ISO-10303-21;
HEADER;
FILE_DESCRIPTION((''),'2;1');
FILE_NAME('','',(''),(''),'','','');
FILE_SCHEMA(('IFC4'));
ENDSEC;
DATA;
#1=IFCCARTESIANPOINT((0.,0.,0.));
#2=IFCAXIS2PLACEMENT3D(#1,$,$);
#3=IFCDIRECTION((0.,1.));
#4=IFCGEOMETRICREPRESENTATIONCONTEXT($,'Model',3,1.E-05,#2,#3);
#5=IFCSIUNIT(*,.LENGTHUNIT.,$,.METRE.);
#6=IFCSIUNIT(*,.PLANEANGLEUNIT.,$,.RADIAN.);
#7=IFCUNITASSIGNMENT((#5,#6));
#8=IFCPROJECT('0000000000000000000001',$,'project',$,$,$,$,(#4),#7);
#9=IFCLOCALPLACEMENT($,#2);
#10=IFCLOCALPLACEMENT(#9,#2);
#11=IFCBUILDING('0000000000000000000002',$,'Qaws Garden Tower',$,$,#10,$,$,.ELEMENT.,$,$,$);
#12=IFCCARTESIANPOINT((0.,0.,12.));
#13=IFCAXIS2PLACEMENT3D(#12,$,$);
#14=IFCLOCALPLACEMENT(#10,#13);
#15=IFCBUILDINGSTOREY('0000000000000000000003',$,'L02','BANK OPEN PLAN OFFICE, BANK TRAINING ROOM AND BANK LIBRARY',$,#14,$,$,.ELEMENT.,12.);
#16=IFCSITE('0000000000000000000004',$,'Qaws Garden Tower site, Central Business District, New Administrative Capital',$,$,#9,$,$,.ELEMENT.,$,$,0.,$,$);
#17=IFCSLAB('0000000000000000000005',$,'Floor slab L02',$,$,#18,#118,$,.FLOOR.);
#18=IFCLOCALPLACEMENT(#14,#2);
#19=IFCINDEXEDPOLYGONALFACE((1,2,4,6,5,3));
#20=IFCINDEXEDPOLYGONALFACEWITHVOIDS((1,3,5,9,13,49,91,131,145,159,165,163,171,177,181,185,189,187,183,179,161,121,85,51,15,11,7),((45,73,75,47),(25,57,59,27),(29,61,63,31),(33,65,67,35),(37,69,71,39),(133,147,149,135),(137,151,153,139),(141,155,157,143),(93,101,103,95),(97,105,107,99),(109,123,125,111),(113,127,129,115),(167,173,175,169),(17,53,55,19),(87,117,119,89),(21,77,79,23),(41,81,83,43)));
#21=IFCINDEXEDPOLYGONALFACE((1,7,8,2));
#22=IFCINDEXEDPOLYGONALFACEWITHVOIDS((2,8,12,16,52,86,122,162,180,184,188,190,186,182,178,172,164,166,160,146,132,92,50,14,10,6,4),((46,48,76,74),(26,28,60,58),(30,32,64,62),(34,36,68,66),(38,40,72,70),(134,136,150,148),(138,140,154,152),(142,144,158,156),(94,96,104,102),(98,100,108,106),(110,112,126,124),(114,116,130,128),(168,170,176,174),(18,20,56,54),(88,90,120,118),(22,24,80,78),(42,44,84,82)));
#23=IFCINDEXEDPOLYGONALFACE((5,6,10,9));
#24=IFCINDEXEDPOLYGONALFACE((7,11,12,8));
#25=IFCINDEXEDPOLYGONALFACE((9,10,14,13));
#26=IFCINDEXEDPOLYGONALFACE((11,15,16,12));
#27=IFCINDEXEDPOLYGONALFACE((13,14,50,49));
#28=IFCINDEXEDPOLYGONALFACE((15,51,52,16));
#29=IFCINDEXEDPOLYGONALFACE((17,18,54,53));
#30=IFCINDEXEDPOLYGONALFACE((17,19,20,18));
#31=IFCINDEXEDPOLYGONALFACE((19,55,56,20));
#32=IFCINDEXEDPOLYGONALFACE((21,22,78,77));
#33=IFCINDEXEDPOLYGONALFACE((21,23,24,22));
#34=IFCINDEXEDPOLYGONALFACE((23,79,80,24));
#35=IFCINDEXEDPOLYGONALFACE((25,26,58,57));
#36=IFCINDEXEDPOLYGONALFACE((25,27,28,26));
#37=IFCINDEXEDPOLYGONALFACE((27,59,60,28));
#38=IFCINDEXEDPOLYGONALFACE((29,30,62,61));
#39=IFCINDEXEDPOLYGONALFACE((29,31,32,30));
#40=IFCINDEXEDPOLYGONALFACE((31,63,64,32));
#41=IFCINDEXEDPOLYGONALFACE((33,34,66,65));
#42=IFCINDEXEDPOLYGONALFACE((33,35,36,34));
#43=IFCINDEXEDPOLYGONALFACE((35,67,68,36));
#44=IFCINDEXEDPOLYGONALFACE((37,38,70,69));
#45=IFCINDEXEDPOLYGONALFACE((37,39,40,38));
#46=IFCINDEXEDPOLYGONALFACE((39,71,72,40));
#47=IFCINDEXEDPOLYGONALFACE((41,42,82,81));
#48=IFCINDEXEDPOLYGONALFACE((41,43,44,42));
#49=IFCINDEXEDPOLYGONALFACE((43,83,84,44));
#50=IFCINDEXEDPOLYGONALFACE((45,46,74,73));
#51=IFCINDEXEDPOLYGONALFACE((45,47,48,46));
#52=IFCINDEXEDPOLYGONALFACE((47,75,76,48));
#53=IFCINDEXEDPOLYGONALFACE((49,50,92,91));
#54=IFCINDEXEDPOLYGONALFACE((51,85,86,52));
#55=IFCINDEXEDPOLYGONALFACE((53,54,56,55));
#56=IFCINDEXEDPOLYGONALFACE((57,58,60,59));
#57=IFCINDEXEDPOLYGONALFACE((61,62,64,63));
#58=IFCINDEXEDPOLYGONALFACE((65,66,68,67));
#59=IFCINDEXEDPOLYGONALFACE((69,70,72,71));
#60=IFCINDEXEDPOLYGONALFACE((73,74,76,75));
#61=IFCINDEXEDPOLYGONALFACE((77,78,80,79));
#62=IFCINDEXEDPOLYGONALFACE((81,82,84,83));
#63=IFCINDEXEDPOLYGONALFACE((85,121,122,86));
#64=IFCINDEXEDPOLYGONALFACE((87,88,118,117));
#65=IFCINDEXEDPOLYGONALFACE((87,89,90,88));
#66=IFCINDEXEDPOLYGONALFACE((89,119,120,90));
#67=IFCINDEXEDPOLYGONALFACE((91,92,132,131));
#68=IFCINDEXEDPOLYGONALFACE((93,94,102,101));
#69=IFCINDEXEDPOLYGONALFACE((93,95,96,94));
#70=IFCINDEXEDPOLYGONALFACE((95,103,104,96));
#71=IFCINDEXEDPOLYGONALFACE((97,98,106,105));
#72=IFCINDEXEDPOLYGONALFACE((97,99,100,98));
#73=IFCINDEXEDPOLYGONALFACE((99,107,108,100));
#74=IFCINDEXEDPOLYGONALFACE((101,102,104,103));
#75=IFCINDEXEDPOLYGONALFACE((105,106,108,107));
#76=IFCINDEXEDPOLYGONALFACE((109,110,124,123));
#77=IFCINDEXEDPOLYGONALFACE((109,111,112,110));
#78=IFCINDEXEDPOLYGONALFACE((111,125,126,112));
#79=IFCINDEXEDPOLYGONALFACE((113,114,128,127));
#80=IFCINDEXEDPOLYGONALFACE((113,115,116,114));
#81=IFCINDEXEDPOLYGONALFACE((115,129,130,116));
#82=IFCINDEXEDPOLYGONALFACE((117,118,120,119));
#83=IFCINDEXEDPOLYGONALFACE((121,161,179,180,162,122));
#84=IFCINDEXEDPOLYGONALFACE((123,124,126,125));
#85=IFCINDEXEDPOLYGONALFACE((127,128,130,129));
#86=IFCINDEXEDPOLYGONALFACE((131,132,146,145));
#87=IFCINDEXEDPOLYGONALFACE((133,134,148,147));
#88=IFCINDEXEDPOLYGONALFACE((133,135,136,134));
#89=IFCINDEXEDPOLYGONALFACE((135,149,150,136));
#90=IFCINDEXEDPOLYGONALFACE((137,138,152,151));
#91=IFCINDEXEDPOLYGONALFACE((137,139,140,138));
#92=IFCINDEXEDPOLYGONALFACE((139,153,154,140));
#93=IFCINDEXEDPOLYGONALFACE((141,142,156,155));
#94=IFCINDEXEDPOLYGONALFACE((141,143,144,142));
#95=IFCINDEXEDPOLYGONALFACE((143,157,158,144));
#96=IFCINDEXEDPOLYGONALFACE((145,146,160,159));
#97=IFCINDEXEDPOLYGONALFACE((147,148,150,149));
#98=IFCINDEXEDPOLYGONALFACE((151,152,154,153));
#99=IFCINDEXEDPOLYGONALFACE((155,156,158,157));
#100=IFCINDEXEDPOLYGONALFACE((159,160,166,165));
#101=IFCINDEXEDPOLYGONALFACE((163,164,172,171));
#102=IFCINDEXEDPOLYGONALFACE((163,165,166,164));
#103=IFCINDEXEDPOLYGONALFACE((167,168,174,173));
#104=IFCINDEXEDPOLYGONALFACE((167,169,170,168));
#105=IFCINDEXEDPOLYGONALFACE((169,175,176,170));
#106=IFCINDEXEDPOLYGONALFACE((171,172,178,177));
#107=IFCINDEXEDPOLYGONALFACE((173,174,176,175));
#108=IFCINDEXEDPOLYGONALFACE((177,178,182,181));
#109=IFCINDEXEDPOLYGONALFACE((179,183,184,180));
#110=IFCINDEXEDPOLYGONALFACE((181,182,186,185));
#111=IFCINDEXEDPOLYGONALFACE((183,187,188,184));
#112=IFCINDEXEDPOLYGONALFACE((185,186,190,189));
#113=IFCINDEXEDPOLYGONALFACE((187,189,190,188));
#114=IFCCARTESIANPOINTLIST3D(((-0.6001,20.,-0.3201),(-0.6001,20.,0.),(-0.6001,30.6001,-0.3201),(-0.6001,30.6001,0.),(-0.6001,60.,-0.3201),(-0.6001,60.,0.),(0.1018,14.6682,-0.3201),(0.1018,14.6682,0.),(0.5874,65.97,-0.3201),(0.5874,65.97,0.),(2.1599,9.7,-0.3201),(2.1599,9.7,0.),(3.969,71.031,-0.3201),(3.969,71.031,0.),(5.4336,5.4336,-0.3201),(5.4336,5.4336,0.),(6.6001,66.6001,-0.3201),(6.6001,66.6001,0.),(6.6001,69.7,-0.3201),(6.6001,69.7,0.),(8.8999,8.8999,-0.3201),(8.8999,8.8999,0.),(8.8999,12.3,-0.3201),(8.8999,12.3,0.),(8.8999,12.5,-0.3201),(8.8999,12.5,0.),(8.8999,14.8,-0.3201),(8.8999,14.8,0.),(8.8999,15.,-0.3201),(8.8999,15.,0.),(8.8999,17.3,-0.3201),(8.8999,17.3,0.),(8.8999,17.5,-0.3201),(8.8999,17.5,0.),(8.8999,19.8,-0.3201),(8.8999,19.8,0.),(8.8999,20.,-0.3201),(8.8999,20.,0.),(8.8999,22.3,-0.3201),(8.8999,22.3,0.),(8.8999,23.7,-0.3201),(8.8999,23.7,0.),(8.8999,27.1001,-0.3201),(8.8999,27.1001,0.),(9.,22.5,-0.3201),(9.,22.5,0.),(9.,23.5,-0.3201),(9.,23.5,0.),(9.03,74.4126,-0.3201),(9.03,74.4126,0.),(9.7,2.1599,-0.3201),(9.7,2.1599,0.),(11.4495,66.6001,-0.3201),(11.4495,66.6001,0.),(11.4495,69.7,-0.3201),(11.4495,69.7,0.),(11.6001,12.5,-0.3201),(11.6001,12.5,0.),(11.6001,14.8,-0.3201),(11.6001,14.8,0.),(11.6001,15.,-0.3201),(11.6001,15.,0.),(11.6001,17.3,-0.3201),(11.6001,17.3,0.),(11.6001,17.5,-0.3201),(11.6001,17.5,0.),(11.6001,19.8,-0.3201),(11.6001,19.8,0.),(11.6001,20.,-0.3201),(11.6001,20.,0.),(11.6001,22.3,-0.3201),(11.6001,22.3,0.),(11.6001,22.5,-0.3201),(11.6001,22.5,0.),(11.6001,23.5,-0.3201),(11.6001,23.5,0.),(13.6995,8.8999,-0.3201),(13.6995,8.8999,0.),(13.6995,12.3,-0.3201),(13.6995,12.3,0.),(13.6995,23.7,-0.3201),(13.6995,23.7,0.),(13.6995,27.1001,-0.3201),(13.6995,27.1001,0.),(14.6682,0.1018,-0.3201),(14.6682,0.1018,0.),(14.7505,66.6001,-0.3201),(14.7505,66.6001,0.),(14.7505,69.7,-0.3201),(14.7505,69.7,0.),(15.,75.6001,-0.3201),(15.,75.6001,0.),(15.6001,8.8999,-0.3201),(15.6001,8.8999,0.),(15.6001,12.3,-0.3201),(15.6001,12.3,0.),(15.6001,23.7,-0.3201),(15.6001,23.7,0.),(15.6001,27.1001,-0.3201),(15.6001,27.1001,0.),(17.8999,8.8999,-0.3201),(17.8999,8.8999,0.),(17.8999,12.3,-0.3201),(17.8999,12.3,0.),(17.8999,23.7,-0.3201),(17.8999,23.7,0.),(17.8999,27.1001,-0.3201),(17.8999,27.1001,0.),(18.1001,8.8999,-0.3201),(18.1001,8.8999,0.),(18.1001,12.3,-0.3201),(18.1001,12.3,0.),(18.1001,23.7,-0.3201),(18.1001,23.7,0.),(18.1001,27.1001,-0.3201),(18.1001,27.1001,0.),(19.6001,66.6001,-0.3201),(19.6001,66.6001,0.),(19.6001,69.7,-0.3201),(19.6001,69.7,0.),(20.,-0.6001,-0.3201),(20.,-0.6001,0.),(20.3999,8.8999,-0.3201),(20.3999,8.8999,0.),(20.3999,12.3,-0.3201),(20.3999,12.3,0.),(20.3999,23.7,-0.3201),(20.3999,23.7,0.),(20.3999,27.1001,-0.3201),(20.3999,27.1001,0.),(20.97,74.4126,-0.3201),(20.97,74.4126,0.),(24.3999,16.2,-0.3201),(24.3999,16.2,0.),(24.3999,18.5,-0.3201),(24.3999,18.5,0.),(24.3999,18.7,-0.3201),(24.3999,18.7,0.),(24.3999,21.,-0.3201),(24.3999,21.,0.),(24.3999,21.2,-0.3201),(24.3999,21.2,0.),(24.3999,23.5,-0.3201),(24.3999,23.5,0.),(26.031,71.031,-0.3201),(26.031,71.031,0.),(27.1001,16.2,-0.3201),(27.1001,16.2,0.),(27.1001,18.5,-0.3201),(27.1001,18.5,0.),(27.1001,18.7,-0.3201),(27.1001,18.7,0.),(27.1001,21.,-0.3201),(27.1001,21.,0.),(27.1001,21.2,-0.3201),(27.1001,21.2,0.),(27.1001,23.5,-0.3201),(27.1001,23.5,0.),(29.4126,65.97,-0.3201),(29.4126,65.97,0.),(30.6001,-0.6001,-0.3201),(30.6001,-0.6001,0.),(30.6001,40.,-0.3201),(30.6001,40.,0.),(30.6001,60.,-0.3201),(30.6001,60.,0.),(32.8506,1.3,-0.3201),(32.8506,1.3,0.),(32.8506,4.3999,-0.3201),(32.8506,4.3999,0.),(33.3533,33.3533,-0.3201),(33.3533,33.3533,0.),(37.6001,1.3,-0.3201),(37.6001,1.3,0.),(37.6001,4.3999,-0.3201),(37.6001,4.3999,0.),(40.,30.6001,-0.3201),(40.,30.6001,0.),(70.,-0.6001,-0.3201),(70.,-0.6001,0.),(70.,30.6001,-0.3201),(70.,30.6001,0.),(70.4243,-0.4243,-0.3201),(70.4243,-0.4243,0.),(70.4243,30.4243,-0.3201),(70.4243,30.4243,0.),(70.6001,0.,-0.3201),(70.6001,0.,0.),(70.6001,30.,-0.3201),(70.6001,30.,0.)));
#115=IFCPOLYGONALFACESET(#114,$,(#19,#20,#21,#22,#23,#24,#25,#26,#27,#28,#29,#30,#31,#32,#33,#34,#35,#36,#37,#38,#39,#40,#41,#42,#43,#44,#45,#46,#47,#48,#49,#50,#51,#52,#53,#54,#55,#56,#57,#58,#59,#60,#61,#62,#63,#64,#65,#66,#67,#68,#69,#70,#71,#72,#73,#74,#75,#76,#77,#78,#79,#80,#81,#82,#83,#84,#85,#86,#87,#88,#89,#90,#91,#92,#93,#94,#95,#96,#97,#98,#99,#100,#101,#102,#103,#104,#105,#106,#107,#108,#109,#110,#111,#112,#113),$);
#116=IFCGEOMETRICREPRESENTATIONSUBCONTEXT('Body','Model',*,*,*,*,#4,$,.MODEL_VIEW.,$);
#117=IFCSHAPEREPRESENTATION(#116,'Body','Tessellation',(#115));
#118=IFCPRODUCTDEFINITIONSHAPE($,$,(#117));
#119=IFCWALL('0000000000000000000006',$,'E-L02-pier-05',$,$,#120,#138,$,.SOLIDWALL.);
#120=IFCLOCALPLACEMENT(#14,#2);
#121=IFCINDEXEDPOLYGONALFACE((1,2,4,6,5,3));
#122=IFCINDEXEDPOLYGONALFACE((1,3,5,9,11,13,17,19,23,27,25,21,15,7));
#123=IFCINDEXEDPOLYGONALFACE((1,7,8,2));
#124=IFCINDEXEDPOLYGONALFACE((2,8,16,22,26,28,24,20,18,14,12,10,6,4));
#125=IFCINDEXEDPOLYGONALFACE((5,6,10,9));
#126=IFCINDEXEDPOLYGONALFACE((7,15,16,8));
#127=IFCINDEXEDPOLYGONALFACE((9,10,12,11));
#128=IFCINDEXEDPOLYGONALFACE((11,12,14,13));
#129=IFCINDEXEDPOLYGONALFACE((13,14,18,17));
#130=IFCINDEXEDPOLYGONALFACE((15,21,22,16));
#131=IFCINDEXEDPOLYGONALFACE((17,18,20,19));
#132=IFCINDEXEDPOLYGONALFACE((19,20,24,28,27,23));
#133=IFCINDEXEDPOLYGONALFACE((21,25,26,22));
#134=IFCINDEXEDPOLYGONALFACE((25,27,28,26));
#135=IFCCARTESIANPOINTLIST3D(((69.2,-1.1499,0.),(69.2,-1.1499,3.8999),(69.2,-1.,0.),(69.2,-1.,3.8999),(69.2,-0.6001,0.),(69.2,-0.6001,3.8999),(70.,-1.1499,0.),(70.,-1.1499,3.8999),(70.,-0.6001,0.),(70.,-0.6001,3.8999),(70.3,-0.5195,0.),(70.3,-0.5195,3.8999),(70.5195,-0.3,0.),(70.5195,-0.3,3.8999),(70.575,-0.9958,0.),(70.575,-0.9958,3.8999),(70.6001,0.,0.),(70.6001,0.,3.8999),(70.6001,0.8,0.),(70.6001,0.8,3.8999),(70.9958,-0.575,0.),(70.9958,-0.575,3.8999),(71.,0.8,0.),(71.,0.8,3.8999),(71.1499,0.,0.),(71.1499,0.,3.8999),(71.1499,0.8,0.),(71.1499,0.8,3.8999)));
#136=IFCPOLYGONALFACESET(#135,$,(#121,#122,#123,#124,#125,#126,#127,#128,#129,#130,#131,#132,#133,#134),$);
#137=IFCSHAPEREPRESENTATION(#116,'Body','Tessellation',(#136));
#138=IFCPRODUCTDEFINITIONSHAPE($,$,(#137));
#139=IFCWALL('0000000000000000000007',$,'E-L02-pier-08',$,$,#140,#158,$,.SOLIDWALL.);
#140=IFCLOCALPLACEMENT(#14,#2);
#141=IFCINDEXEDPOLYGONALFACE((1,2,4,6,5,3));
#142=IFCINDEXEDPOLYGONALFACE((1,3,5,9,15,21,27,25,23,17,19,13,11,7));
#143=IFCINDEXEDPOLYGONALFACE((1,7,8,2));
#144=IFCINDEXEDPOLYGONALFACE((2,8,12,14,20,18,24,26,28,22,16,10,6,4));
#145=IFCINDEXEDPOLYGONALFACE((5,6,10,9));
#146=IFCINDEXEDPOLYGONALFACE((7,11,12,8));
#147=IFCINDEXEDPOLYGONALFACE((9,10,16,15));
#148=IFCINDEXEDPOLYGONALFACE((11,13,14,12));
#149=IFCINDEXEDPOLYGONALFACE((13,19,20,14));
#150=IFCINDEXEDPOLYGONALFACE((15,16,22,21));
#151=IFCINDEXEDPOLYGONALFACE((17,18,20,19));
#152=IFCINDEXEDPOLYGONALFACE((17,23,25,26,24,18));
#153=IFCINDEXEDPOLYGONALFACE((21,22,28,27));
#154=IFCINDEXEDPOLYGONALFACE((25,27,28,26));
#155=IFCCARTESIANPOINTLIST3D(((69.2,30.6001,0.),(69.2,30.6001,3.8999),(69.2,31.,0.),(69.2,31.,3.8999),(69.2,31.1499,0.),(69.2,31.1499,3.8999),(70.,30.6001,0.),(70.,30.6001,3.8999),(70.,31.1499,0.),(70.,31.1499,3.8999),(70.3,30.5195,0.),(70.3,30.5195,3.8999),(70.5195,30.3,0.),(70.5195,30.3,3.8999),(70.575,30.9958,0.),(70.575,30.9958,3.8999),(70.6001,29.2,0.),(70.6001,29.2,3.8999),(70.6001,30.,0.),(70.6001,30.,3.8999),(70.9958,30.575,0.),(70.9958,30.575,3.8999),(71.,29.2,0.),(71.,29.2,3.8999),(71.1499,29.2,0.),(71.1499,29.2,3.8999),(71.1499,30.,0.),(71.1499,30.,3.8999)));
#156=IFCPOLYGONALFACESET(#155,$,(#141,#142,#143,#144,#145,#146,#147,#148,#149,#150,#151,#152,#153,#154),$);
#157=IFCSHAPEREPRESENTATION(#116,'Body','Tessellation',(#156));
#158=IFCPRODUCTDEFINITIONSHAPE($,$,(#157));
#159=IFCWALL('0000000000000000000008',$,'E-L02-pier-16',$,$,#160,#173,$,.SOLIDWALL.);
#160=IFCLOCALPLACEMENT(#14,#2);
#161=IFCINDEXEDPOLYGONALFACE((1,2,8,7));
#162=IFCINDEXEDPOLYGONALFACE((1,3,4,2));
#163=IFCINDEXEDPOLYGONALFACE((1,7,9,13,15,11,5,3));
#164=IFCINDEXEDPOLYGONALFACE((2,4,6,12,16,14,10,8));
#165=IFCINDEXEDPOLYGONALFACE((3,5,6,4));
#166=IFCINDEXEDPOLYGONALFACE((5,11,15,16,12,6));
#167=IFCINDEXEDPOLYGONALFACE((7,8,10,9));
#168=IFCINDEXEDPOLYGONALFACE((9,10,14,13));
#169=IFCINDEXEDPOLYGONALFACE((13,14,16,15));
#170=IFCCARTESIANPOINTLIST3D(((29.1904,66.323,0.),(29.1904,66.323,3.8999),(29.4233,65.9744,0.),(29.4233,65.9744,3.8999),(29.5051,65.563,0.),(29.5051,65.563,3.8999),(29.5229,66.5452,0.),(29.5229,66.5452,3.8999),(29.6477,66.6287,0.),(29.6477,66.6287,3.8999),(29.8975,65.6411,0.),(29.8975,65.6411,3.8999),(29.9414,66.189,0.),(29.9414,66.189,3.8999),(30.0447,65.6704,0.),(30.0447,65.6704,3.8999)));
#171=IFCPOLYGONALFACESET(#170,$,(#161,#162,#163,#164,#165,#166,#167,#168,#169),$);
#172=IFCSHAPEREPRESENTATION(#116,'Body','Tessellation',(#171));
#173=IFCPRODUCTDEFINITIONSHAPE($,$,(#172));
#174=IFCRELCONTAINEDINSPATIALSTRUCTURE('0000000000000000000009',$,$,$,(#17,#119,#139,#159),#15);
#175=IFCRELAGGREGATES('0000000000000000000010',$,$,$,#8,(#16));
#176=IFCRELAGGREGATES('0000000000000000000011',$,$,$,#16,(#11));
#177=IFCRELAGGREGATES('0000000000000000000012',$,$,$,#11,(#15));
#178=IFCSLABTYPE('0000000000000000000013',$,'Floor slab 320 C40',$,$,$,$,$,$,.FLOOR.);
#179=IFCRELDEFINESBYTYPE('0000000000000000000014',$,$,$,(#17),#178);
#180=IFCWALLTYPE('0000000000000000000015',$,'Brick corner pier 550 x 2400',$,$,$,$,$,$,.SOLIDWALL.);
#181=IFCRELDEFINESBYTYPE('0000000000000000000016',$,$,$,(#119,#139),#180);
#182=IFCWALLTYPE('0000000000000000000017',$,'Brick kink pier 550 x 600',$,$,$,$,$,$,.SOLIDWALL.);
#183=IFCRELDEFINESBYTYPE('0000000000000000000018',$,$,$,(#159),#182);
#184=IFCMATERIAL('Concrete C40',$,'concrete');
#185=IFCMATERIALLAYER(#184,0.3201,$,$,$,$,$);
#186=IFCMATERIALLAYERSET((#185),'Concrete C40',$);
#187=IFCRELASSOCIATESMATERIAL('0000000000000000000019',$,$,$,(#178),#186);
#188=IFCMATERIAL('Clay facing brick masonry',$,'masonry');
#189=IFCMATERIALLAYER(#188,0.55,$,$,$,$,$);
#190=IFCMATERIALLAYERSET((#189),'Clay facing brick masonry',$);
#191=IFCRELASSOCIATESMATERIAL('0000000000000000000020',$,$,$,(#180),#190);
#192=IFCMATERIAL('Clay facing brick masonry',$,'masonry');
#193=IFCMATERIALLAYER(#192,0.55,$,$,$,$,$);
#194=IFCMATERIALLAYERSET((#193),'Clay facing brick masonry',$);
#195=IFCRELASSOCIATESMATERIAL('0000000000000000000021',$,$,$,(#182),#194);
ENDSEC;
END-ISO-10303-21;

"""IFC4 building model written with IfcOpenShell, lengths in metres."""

from ifc_helpers import new_model, si_unit, direction, frame, origin, place, context, subcontext, project, spatial, polyline, outline, extrude, material, layer, layer_set, type_object, element, save


model = new_model("IFC4")

# Units and contexts
model_context = context("Model", 3, precision=1e-05, world=origin(), true_north=direction((0.0, 1.0)))
body_context = subcontext(model_context, "Body", "Model", "MODEL_VIEW")
ifc_project = project(units=[si_unit("LENGTHUNIT", "METRE"), si_unit("PLANEANGLEUNIT", "RADIAN")], contexts=[model_context])

# Site, building, storey
site_placement = place(None, origin())
site = spatial("IfcSite", under=ifc_project, at=site_placement, Name="Qaws Garden Tower site, Central Business District, New Administrative Capital", CompositionType="ELEMENT", RefElevation=0.0)
building_placement = place(site_placement, origin())
building = spatial("IfcBuilding", under=site, at=building_placement, Name="Qaws Garden Tower", CompositionType="ELEMENT")
storey_placement = place(building_placement, frame((0.0, 0.0, 12.0)))
storey = spatial("IfcBuildingStorey", under=building, at=storey_placement, Name="L02", Description="BANK OPEN PLAN OFFICE, BANK TRAINING ROOM AND BANK LIBRARY", CompositionType="ELEMENT", Elevation=12.0)

# Slab
ifc_material_1 = material(Name="Concrete C40", Category="concrete")
ifc_layer_1 = layer(ifc_material_1, 0.3201)
ifc_layer_set_1 = layer_set([ifc_layer_1], Name="Concrete C40")
slab_type = type_object("IfcSlabType", Name="Floor slab 320 C40", PredefinedType="FLOOR", material=ifc_layer_set_1)
slab_placement = place(storey_placement, frame((0.0, 0.0, -0.3201)))
element("IfcSlab", 1, at=slab_placement, inside=storey, type_object=slab_type, Name="Floor slab L02", PredefinedType="FLOOR", context=body_context, shape_type="SweptSolid", body=[
    extrude(outline(polyline([(0.1018, 14.6682), (-0.6001, 20.0), (-0.6001, 30.6001), (-0.6001, 60.0), (-0.6001, 60.0), (0.5874, 65.97), (3.969, 71.031), (9.03, 74.4126), (15.0, 75.6001), (20.97, 74.4126), (26.031, 71.031), (29.4126, 65.97), (30.6001, 60.0), (30.6001, 40.0), (33.3533, 33.3533), (40.0, 30.6001), (70.0, 30.6001), (70.4243, 30.4243), (70.6001, 30.0), (70.6001, 0.0), (70.4243, -0.4243), (70.0, -0.6001), (30.6001, -0.6001), (20.0, -0.6001), (14.6682, 0.1018), (9.7, 2.1599), (5.4336, 5.4336), (2.1599, 9.7), (0.1018, 14.6682)]), holes=[polyline([(13.6995, 12.3), (8.8999, 12.3), (8.8999, 8.8999), (13.6995, 8.8999), (13.6995, 12.3)]), polyline([(17.8999, 12.3), (15.6001, 12.3), (15.6001, 8.8999), (17.8999, 8.8999), (17.8999, 12.3)]), polyline([(11.6001, 14.8), (8.8999, 14.8), (8.8999, 12.5), (11.6001, 12.5), (11.6001, 14.8)]), polyline([(11.6001, 17.3), (8.8999, 17.3), (8.8999, 15.0), (11.6001, 15.0), (11.6001, 17.3)]), polyline([(11.6001, 19.8), (8.8999, 19.8), (8.8999, 17.5), (11.6001, 17.5), (11.6001, 19.8)]), polyline([(11.6001, 22.3), (8.8999, 22.3), (8.8999, 20.0), (11.6001, 20.0), (11.6001, 22.3)]), polyline([(11.6001, 23.5), (9.0, 23.5), (9.0, 22.5), (11.6001, 22.5), (11.6001, 23.5)]), polyline([(13.6995, 27.1001), (8.8999, 27.1001), (8.8999, 23.7), (13.6995, 23.7), (13.6995, 27.1001)]), polyline([(11.4495, 69.7), (6.6001, 69.7), (6.6001, 66.6001), (11.4495, 66.6001), (11.4495, 69.7)]), polyline([(37.6001, 4.3999), (32.8506, 4.3999), (32.8506, 1.3), (37.6001, 1.3), (37.6001, 4.3999)]), polyline([(20.3999, 12.3), (18.1001, 12.3), (18.1001, 8.8999), (20.3999, 8.8999), (20.3999, 12.3)]), polyline([(27.1001, 18.5), (24.3999, 18.5), (24.3999, 16.2), (27.1001, 16.2), (27.1001, 18.5)]), polyline([(27.1001, 21.0), (24.3999, 21.0), (24.3999, 18.7), (27.1001, 18.7), (27.1001, 21.0)]), polyline([(27.1001, 23.5), (24.3999, 23.5), (24.3999, 21.2), (27.1001, 21.2), (27.1001, 23.5)]), polyline([(17.8999, 27.1001), (15.6001, 27.1001), (15.6001, 23.7), (17.8999, 23.7), (17.8999, 27.1001)]), polyline([(20.3999, 23.7), (20.3999, 27.1001), (18.1001, 27.1001), (18.1001, 23.7), (20.3999, 23.7)]), polyline([(19.6001, 66.6001), (19.6001, 69.7), (14.7505, 69.7), (14.7505, 66.6001), (19.6001, 66.6001)])]), origin(), (0.0, 0.0, 1.0), 0.3201),
])

# Walls
ifc_material_2 = material(Name="Clay facing brick masonry", Category="masonry")
ifc_layer_2 = layer(ifc_material_2, 0.55)
ifc_layer_set_2 = layer_set([ifc_layer_2], Name="Clay facing brick masonry")
wall_type_1 = type_object("IfcWallType", Name="Brick corner pier 550 x 2400", PredefinedType="SOLIDWALL", material=ifc_layer_set_2)
placement = place(storey_placement, origin())
element("IfcWall", 2, at=placement, inside=storey, type_object=wall_type_1, Name="E-L02-pier-05", PredefinedType="SOLIDWALL", context=body_context, shape_type="SweptSolid", body=[
    extrude(outline(polyline([(69.2, -1.0), (69.2, -1.1499), (70.0, -1.1499), (70.575, -0.9958), (70.9958, -0.575), (71.1499, 0.0), (71.1499, 0.8), (71.0, 0.8), (70.6001, 0.8), (70.6001, 0.0), (70.5195, -0.3), (70.3, -0.5195), (70.0, -0.6001), (69.2, -0.6001), (69.2, -1.0)])), origin(), (0.0, 0.0, 1.0), 3.8999),
])
element("IfcWall", 3, at=placement, inside=storey, type_object=wall_type_1, Name="E-L02-pier-08", PredefinedType="SOLIDWALL", context=body_context, shape_type="SweptSolid", body=[
    extrude(outline(polyline([(71.0, 29.2), (71.1499, 29.2), (71.1499, 30.0), (70.9958, 30.575), (70.575, 30.9958), (70.0, 31.1499), (69.2, 31.1499), (69.2, 31.0), (69.2, 30.6001), (70.0, 30.6001), (70.3, 30.5195), (70.5195, 30.3), (70.6001, 30.0), (70.6001, 29.2), (71.0, 29.2)])), origin(), (0.0, 0.0, 1.0), 3.8999),
])
ifc_material_3 = material(Name="Clay facing brick masonry", Category="masonry")
ifc_layer_3 = layer(ifc_material_3, 0.55)
ifc_layer_set_3 = layer_set([ifc_layer_3], Name="Clay facing brick masonry")
wall_type_2 = type_object("IfcWallType", Name="Brick kink pier 550 x 600", PredefinedType="SOLIDWALL", material=ifc_layer_set_3)
element("IfcWall", 4, at=placement, inside=storey, type_object=wall_type_2, Name="E-L02-pier-16", PredefinedType="SOLIDWALL", context=body_context, shape_type="SweptSolid", body=[
    extrude(outline(polyline([(29.8975, 65.6411), (30.0447, 65.6704), (29.9414, 66.189), (29.6477, 66.6287), (29.5229, 66.5452), (29.1904, 66.323), (29.4233, 65.9744), (29.5051, 65.563), (29.8975, 65.6411)])), origin(), (0.0, 0.0, 1.0), 3.8999),
])

save(model, "model.ifc")
